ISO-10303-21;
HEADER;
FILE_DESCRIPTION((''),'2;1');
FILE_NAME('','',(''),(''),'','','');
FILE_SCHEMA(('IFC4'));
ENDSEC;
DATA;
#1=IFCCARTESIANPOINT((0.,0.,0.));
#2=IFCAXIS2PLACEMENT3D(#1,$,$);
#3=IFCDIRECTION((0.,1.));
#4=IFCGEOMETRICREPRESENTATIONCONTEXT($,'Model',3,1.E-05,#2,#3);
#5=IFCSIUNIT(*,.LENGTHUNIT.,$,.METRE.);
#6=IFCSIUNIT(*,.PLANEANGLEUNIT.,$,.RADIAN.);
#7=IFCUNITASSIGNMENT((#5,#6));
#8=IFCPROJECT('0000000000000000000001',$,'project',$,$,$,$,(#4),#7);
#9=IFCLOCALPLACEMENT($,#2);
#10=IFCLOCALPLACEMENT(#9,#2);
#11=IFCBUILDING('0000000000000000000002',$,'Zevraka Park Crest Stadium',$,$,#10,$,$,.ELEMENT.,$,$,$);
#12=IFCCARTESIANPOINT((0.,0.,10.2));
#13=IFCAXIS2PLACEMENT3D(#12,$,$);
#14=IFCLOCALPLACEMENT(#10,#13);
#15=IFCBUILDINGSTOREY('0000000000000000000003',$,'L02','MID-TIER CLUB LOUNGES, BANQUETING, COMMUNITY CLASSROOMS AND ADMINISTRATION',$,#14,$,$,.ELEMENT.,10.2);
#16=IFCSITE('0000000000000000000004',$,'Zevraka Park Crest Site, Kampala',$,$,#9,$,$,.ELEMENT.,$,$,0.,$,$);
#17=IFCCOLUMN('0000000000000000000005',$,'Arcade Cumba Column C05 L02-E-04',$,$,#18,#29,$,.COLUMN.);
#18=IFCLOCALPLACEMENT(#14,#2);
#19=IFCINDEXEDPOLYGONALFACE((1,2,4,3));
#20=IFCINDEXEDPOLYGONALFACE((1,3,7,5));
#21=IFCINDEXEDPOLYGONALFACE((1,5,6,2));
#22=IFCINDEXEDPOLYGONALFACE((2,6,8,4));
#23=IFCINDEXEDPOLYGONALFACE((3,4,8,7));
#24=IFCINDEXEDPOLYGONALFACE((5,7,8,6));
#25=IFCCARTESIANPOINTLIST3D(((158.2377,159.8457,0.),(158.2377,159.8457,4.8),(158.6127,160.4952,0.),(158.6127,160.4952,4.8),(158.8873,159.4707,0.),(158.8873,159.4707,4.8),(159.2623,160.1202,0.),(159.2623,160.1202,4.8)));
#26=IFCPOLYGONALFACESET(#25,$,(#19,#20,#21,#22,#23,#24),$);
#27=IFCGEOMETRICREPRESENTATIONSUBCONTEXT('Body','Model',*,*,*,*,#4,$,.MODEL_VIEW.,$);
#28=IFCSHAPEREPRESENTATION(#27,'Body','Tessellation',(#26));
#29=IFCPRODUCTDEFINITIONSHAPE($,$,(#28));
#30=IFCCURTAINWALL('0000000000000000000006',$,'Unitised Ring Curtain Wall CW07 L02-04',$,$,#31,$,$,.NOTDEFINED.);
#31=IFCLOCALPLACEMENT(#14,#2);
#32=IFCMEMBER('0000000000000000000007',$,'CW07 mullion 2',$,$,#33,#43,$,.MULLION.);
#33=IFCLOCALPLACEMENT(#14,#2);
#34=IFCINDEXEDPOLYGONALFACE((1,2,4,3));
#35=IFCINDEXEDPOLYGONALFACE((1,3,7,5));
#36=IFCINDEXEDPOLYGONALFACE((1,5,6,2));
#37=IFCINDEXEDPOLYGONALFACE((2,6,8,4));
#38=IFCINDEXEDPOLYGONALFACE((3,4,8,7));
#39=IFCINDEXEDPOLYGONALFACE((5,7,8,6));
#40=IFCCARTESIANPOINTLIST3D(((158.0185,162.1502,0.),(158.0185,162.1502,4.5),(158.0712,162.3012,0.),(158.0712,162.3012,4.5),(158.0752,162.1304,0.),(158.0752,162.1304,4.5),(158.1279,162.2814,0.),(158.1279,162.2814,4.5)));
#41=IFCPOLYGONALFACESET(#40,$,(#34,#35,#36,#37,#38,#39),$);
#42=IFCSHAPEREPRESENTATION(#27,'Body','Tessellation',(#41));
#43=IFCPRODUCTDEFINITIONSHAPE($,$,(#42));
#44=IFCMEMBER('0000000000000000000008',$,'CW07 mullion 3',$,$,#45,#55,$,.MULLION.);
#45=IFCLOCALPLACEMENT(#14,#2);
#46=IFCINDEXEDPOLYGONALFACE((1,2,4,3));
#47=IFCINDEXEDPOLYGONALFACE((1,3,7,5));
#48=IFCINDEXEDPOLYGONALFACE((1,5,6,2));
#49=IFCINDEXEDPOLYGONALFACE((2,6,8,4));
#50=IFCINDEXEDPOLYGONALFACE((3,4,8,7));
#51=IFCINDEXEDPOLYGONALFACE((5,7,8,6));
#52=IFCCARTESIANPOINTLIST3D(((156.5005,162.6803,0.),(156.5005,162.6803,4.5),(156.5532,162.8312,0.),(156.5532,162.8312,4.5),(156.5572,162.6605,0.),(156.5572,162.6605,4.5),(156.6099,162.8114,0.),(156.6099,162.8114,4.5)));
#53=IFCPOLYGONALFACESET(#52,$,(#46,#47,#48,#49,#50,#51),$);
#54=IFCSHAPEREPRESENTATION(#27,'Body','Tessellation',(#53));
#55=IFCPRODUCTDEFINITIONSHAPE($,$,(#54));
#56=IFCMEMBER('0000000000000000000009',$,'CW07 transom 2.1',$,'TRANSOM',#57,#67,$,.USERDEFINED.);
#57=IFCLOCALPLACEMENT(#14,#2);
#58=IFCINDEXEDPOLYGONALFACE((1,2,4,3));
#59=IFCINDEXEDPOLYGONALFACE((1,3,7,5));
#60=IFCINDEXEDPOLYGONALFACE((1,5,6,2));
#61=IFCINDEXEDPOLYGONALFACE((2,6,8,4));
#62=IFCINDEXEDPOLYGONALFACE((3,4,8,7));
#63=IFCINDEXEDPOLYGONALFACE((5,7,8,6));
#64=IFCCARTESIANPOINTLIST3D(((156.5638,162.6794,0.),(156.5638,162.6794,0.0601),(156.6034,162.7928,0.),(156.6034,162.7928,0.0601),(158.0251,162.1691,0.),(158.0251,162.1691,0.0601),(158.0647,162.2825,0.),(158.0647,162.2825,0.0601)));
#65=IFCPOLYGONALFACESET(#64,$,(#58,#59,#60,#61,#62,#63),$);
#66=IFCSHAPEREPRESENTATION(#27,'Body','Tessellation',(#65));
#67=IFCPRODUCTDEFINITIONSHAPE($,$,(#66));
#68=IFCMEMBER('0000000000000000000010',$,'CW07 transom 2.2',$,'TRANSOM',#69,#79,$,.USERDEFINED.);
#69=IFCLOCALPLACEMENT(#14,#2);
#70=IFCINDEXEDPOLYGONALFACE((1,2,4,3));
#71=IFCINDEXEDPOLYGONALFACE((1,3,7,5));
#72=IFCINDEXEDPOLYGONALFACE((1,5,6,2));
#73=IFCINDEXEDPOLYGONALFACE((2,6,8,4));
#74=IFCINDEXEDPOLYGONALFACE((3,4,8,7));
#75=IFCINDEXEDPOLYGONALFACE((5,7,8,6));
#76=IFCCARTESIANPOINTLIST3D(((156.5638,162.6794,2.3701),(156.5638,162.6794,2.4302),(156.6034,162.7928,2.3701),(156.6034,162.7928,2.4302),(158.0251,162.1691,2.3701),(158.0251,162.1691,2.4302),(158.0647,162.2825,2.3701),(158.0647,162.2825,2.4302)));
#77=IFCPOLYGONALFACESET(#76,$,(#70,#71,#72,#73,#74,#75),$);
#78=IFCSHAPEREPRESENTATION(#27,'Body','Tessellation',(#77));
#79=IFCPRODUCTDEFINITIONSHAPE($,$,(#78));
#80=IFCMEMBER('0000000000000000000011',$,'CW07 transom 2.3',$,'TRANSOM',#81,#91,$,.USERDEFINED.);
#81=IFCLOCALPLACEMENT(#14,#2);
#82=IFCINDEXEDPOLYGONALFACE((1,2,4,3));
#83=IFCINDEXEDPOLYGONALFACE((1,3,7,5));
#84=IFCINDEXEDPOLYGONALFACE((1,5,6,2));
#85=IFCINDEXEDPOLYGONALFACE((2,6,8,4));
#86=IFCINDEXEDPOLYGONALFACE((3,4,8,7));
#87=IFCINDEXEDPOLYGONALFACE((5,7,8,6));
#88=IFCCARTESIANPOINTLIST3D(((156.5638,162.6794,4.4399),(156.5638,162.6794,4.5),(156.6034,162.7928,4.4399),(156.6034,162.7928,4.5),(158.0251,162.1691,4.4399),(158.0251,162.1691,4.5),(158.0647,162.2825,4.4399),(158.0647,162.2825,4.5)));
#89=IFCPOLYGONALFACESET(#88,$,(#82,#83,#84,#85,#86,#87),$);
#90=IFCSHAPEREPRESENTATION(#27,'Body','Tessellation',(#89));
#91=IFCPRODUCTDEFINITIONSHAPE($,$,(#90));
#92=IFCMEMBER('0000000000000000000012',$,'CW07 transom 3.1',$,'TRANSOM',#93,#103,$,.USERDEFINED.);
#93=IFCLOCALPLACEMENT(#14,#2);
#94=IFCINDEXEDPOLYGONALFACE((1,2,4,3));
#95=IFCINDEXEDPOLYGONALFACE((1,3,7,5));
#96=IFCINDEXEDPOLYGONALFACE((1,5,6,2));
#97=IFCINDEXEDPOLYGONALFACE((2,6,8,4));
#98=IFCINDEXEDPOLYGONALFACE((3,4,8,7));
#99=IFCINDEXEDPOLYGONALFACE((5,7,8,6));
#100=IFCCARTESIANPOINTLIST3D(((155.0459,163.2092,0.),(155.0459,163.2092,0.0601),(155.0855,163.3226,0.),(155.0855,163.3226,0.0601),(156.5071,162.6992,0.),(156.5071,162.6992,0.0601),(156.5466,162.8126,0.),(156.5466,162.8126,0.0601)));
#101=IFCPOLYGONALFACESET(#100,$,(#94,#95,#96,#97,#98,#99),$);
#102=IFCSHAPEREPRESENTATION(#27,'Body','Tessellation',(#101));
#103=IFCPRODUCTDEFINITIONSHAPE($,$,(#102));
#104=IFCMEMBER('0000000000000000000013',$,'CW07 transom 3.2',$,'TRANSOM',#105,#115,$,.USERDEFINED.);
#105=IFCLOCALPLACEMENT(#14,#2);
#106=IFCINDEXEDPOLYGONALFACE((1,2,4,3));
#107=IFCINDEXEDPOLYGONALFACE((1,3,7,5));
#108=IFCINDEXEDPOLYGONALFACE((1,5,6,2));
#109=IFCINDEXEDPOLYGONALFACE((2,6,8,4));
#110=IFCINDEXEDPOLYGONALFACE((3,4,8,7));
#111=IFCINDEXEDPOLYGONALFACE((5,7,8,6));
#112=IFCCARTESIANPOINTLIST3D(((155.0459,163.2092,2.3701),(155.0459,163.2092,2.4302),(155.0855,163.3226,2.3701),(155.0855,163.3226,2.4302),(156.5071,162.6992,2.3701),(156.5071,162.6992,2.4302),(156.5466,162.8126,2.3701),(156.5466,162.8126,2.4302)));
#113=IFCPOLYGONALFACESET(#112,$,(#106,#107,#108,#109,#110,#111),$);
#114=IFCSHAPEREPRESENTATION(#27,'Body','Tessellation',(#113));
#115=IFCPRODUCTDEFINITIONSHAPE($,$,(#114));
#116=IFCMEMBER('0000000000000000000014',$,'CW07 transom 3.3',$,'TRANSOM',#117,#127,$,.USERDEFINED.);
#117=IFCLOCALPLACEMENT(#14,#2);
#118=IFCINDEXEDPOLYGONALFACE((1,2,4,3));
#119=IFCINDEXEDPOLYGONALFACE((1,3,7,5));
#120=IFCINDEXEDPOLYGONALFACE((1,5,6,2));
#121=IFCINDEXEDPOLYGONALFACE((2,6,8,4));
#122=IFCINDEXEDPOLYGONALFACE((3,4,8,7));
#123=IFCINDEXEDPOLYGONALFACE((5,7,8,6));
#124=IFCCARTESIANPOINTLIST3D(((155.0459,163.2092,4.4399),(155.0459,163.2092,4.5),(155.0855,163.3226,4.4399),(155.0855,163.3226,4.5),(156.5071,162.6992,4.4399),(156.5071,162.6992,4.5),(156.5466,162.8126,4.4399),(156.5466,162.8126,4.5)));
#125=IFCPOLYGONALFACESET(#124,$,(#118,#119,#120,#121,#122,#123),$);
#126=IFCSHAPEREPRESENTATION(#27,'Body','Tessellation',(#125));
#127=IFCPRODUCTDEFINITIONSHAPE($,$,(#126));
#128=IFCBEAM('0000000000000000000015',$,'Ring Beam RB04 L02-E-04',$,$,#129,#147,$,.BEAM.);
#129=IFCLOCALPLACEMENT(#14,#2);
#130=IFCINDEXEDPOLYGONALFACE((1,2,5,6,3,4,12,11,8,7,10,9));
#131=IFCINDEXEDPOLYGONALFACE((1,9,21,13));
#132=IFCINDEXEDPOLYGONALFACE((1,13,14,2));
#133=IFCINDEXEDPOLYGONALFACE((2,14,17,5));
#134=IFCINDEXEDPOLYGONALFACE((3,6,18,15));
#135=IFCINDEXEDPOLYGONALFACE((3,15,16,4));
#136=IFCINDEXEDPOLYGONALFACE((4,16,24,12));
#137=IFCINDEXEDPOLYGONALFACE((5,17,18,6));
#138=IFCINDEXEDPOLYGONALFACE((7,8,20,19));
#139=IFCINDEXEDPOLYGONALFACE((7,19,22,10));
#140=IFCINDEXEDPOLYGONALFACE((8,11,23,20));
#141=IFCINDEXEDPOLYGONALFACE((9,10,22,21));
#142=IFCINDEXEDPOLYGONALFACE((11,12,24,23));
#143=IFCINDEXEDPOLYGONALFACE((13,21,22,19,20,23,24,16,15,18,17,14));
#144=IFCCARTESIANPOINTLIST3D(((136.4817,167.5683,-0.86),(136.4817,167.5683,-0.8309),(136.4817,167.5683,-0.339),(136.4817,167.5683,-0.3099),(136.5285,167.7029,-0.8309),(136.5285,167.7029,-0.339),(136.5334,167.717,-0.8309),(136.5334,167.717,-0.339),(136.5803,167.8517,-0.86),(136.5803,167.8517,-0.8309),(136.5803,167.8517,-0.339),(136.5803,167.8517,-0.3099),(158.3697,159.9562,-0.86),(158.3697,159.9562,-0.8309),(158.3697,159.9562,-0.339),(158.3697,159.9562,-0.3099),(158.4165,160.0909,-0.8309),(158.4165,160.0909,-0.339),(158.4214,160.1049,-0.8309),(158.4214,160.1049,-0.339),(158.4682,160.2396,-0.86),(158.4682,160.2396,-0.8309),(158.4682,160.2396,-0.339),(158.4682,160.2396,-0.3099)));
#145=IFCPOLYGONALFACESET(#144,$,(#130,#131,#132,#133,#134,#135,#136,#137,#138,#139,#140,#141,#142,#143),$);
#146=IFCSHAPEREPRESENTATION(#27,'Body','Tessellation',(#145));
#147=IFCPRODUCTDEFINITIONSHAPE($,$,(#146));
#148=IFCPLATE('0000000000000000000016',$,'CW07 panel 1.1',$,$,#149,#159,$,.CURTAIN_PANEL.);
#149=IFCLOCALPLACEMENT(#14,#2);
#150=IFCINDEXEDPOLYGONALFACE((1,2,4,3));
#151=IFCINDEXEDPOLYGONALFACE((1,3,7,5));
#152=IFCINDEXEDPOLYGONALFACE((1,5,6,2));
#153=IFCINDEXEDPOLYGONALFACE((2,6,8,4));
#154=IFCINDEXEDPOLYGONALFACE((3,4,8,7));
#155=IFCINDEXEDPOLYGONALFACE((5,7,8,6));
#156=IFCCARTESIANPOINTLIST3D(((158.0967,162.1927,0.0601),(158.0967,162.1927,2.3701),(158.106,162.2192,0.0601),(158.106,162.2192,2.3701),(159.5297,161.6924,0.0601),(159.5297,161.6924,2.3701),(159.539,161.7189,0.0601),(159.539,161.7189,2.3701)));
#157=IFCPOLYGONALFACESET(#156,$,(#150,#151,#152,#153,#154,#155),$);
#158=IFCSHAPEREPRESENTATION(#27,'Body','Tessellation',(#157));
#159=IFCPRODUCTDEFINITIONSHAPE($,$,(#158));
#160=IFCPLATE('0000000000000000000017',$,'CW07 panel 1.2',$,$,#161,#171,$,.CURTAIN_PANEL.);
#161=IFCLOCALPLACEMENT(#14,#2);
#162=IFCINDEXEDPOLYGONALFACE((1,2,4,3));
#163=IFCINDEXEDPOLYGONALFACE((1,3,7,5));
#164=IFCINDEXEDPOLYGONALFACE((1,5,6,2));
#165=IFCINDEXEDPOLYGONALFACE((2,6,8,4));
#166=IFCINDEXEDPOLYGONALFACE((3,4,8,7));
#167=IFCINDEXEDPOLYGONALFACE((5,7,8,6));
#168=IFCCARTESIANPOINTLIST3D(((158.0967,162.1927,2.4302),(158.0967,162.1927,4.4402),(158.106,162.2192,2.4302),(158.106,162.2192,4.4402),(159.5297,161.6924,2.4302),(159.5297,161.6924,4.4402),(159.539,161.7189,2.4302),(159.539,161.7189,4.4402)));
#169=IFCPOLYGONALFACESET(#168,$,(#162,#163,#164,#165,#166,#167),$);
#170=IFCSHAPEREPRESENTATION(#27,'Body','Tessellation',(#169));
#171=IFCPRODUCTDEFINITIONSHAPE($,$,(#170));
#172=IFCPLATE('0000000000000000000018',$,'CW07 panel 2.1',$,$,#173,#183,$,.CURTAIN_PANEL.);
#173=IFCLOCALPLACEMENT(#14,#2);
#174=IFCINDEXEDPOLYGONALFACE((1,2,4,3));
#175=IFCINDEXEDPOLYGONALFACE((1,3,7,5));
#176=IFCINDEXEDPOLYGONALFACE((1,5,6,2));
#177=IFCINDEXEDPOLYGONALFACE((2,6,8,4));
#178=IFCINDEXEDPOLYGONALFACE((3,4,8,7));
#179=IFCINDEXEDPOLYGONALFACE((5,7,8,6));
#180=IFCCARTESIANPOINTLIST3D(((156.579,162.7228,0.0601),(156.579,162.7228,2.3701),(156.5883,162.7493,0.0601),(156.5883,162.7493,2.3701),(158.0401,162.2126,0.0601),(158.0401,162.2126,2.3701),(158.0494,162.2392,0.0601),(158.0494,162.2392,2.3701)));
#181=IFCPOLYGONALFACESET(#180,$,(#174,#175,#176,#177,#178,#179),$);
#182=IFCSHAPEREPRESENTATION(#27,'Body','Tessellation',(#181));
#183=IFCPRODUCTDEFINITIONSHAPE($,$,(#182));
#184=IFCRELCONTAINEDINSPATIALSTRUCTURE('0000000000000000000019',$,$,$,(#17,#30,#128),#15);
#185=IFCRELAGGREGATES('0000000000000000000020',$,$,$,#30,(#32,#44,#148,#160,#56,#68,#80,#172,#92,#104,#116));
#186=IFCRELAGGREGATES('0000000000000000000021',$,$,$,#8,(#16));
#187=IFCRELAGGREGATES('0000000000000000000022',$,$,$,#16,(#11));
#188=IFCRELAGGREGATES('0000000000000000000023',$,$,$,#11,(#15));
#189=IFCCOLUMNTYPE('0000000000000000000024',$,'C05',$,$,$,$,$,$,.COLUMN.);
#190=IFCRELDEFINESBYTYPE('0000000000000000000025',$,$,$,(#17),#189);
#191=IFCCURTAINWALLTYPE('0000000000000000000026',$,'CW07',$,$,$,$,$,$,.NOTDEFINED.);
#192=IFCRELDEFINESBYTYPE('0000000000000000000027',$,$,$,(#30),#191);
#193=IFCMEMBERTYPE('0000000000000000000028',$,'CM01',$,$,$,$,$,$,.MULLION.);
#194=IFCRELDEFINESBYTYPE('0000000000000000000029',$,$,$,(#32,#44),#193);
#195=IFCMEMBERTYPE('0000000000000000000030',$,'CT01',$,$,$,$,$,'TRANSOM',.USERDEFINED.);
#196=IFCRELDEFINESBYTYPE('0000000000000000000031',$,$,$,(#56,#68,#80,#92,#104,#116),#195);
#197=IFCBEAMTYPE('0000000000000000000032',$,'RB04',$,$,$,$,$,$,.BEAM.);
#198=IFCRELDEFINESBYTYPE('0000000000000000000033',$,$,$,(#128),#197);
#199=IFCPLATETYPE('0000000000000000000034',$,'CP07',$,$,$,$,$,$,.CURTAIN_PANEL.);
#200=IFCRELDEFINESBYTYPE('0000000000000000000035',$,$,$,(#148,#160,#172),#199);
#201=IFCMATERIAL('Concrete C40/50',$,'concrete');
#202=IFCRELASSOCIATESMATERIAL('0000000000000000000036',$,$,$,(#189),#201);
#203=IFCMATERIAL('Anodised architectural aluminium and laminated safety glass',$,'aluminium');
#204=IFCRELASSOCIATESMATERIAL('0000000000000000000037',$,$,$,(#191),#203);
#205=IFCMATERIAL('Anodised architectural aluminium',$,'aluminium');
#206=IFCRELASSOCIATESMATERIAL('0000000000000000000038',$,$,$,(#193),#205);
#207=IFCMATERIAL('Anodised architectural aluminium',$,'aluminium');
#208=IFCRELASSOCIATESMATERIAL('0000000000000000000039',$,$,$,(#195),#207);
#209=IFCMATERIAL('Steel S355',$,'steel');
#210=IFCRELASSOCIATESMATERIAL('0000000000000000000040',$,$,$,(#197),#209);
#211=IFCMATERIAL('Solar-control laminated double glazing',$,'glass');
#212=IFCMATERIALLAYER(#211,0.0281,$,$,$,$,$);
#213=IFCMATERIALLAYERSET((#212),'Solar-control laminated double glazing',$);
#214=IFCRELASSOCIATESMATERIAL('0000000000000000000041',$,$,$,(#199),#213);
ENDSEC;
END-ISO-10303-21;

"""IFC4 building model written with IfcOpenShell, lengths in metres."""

from ifc_helpers import new_model, si_unit, direction, frame, origin, origin_2d, place, context, subcontext, project, spatial, rectangle, i_section, extrude, material, layer, layer_set, material_profile, profile_set, type_object, element, aggregate, save


model = new_model("IFC4")

# Units and contexts
model_context = context("Model", 3, precision=1e-05, world=origin(), true_north=direction((0.0, 1.0)))
body_context = subcontext(model_context, "Body", "Model", "MODEL_VIEW")
ifc_project = project(units=[si_unit("LENGTHUNIT", "METRE"), si_unit("PLANEANGLEUNIT", "RADIAN")], contexts=[model_context])

# Site, building, storey
site_placement = place(None, origin())
site = spatial("IfcSite", under=ifc_project, at=site_placement, Name="Zevraka Park Crest Site, Kampala", CompositionType="ELEMENT", RefElevation=0.0)
building_placement = place(site_placement, origin())
building = spatial("IfcBuilding", under=site, at=building_placement, Name="Zevraka Park Crest Stadium", CompositionType="ELEMENT")
storey_placement = place(building_placement, frame((0.0, 0.0, 10.2)))
storey = spatial("IfcBuildingStorey", under=building, at=storey_placement, Name="L02", Description="MID-TIER CLUB LOUNGES, BANQUETING, COMMUNITY CLASSROOMS AND ADMINISTRATION", CompositionType="ELEMENT", Elevation=10.2)

# Column
ifc_material_1 = material(Name="Concrete C40/50", Category="concrete")
ifc_material_profile_1 = material_profile(ifc_material_1, rectangle(XDim=0.75, YDim=0.75, at=origin_2d()), Name="RC 750x750")
ifc_profile_set_1 = profile_set([ifc_material_profile_1], Name="Concrete C40/50")
column_type = type_object("IfcColumnType", Name="C05", PredefinedType="COLUMN", material=ifc_profile_set_1)
column_placement = place(storey_placement, frame((158.75, 159.9829, 0.0), z_axis=(0.0, 0.0, 1.0), x_axis=(0.5, 0.866025, 0.0)))
element("IfcColumn", 1, at=column_placement, inside=storey, type_object=column_type, Name="Arcade Cumba Column C05 L02-E-04", PredefinedType="COLUMN", context=body_context, shape_type="SweptSolid", body=[
    extrude(rectangle(XDim=0.75, YDim=0.75, at=origin_2d()), origin(), (0.0, 0.0, 1.0), 4.8),
])

# Curtain wall, members
ifc_material_2 = material(Name="Anodised architectural aluminium and laminated safety glass", Category="aluminium")
curtain_wall_type = type_object("IfcCurtainWallType", Name="CW07", PredefinedType="NOTDEFINED", material=ifc_material_2)
curtain_wall_placement = place(storey_placement, origin())
curtain_wall = element("IfcCurtainWall", 2, at=curtain_wall_placement, inside=storey, type_object=curtain_wall_type, Name="Unitised Ring Curtain Wall CW07 L02-04", PredefinedType="NOTDEFINED")
ifc_material_3 = material(Name="Anodised architectural aluminium", Category="aluminium")
ifc_material_profile_2 = material_profile(ifc_material_3, rectangle(XDim=0.1599, YDim=0.0601, at=origin_2d()), Name="ALU MULLION 160x60")
ifc_profile_set_2 = profile_set([ifc_material_profile_2], Name="Anodised architectural aluminium")
member_type_1 = type_object("IfcMemberType", Name="CM01", PredefinedType="MULLION", material=ifc_profile_set_2)
member_1_placement = place(storey_placement, frame((158.0732, 162.2158, 0.0), z_axis=(0.0, 0.0, 1.0), x_axis=(-0.329619, -0.944114, 0.0)))
member_1 = element("IfcMember", 3, at=member_1_placement, type_object=member_type_1, Name="CW07 mullion 2", PredefinedType="MULLION", context=body_context, shape_type="SweptSolid", body=[
    extrude(rectangle(XDim=0.1599, YDim=0.0601, at=origin_2d()), origin(), (0.0, 0.0, 1.0), 4.5),
])
member_2_placement = place(storey_placement, frame((156.5552, 162.7458, 0.0), z_axis=(0.0, 0.0, 1.0), x_axis=(-0.329619, -0.944114, 0.0)))
member_2 = element("IfcMember", 4, at=member_2_placement, type_object=member_type_1, Name="CW07 mullion 3", PredefinedType="MULLION", context=body_context, shape_type="SweptSolid", body=[
    extrude(rectangle(XDim=0.1599, YDim=0.0601, at=origin_2d()), origin(), (0.0, 0.0, 1.0), 4.5),
])
ifc_material_4 = material(Name="Anodised architectural aluminium", Category="aluminium")
ifc_material_profile_3 = material_profile(ifc_material_4, rectangle(XDim=0.1201, YDim=0.0601, at=origin_2d()), Name="ALU TRANSOM 120x60")
ifc_profile_set_3 = profile_set([ifc_material_profile_3], Name="Anodised architectural aluminium")
member_type_2 = type_object("IfcMemberType", Name="CT01", ElementType="TRANSOM", PredefinedType="USERDEFINED", material=ifc_profile_set_3)
member_3_placement = place(storey_placement, frame((158.0449, 162.2258, 0.03), z_axis=(-0.944109, 0.329634, 0.0), x_axis=(-0.329634, -0.944109, 0.0)))
member_3 = element("IfcMember", 5, at=member_3_placement, type_object=member_type_2, Name="CW07 transom 2.1", ObjectType="TRANSOM", PredefinedType="USERDEFINED", context=body_context, shape_type="SweptSolid", body=[
    extrude(rectangle(XDim=0.1201, YDim=0.0601, at=origin_2d()), origin(), (0.0, 0.0, 1.0), 1.5479),
])
member_4_placement = place(storey_placement, frame((158.0449, 162.2258, 2.4001), z_axis=(-0.944109, 0.329634, 0.0), x_axis=(-0.329634, -0.944109, 0.0)))
member_4 = element("IfcMember", 6, at=member_4_placement, type_object=member_type_2, Name="CW07 transom 2.2", ObjectType="TRANSOM", PredefinedType="USERDEFINED", context=body_context, shape_type="SweptSolid", body=[
    extrude(rectangle(XDim=0.1201, YDim=0.0601, at=origin_2d()), origin(), (0.0, 0.0, 1.0), 1.5479),
])
member_5_placement = place(storey_placement, frame((158.0449, 162.2258, 4.47), z_axis=(-0.944109, 0.329634, 0.0), x_axis=(-0.329634, -0.944109, 0.0)))
member_5 = element("IfcMember", 7, at=member_5_placement, type_object=member_type_2, Name="CW07 transom 2.3", ObjectType="TRANSOM", PredefinedType="USERDEFINED", context=body_context, shape_type="SweptSolid", body=[
    extrude(rectangle(XDim=0.1201, YDim=0.0601, at=origin_2d()), origin(), (0.0, 0.0, 1.0), 1.5479),
])
member_6_placement = place(storey_placement, frame((156.5269, 162.7559, 0.03), z_axis=(-0.944141, 0.329542, 0.0), x_axis=(-0.329542, -0.944141, 0.0)))
member_6 = element("IfcMember", 8, at=member_6_placement, type_object=member_type_2, Name="CW07 transom 3.1", ObjectType="TRANSOM", PredefinedType="USERDEFINED", context=body_context, shape_type="SweptSolid", body=[
    extrude(rectangle(XDim=0.1201, YDim=0.0601, at=origin_2d()), origin(), (0.0, 0.0, 1.0), 1.5476),
])
member_7_placement = place(storey_placement, frame((156.5269, 162.7559, 2.4001), z_axis=(-0.944141, 0.329542, 0.0), x_axis=(-0.329542, -0.944141, 0.0)))
member_7 = element("IfcMember", 9, at=member_7_placement, type_object=member_type_2, Name="CW07 transom 3.2", ObjectType="TRANSOM", PredefinedType="USERDEFINED", context=body_context, shape_type="SweptSolid", body=[
    extrude(rectangle(XDim=0.1201, YDim=0.0601, at=origin_2d()), origin(), (0.0, 0.0, 1.0), 1.5476),
])
member_8_placement = place(storey_placement, frame((156.5269, 162.7559, 4.47), z_axis=(-0.944141, 0.329542, 0.0), x_axis=(-0.329542, -0.944141, 0.0)))
member_8 = element("IfcMember", 10, at=member_8_placement, type_object=member_type_2, Name="CW07 transom 3.3", ObjectType="TRANSOM", PredefinedType="USERDEFINED", context=body_context, shape_type="SweptSolid", body=[
    extrude(rectangle(XDim=0.1201, YDim=0.0601, at=origin_2d()), origin(), (0.0, 0.0, 1.0), 1.5476),
])

# Beam
ifc_material_5 = material(Name="Steel S355", Category="steel")
ifc_material_profile_4 = material_profile(ifc_material_5, i_section(OverallWidth=0.3, OverallDepth=0.55, WebThickness=0.0149, FlangeThickness=0.0291, at=origin_2d()), Name="HEB 550")
ifc_profile_set_4 = profile_set([ifc_material_profile_4], Name="Steel S355")
beam_type = type_object("IfcBeamType", Name="RB04", PredefinedType="BEAM", material=ifc_profile_set_4)
beam_placement = place(storey_placement, frame((158.4189, 160.0979, -0.585), z_axis=(-0.944512, 0.328477, 0.0), x_axis=(-0.328477, -0.944512, 0.0)))
element("IfcBeam", 11, at=beam_placement, inside=storey, type_object=beam_type, Name="Ring Beam RB04 L02-E-04", PredefinedType="BEAM", context=body_context, shape_type="SweptSolid", body=[
    extrude(i_section(OverallWidth=0.3, OverallDepth=0.55, WebThickness=0.0149, FlangeThickness=0.0291, at=origin_2d()), origin(), (0.0, 0.0, 1.0), 23.1738),
])

# Plates
ifc_material_6 = material(Name="Solar-control laminated double glazing", Category="glass")
ifc_layer_1 = layer(ifc_material_6, 0.0281)
ifc_layer_set_1 = layer_set([ifc_layer_1], Name="Solar-control laminated double glazing")
plate_type = type_object("IfcPlateType", Name="CP07", PredefinedType="CURTAIN_PANEL", material=ifc_layer_set_1)
plate_1_placement = place(storey_placement, frame((158.8179, 161.9558, 0.0601), z_axis=(0.0, 0.0, 1.0), x_axis=(-0.944114, 0.329619, 0.0)))
plate_1 = element("IfcPlate", 12, at=plate_1_placement, type_object=plate_type, Name="CW07 panel 1.1", PredefinedType="CURTAIN_PANEL", context=body_context, shape_type="SweptSolid", body=[
    extrude(rectangle(XDim=1.5178, YDim=0.0281, at=origin_2d()), origin(), (0.0, 0.0, 1.0), 2.3101),
])
plate_2_placement = place(storey_placement, frame((158.8179, 161.9558, 2.4302), z_axis=(0.0, 0.0, 1.0), x_axis=(-0.944114, 0.329619, 0.0)))
plate_2 = element("IfcPlate", 13, at=plate_2_placement, type_object=plate_type, Name="CW07 panel 1.2", PredefinedType="CURTAIN_PANEL", context=body_context, shape_type="SweptSolid", body=[
    extrude(rectangle(XDim=1.5178, YDim=0.0281, at=origin_2d()), origin(), (0.0, 0.0, 1.0), 2.01),
])
plate_3_placement = place(storey_placement, frame((157.3142, 162.481, 0.0601), z_axis=(0.0, 0.0, 1.0), x_axis=(-0.944114, 0.329619, 0.0)))
plate_3 = element("IfcPlate", 14, at=plate_3_placement, type_object=plate_type, Name="CW07 panel 2.1", PredefinedType="CURTAIN_PANEL", context=body_context, shape_type="SweptSolid", body=[
    extrude(rectangle(XDim=1.5476, YDim=0.0281, at=origin_2d()), origin(), (0.0, 0.0, 1.0), 2.3101),
])
aggregate(curtain_wall, [member_1, member_2, plate_1, plate_2, member_3, member_4, member_5, plate_3, member_6, member_7, member_8])

save(model, "model.ifc")
